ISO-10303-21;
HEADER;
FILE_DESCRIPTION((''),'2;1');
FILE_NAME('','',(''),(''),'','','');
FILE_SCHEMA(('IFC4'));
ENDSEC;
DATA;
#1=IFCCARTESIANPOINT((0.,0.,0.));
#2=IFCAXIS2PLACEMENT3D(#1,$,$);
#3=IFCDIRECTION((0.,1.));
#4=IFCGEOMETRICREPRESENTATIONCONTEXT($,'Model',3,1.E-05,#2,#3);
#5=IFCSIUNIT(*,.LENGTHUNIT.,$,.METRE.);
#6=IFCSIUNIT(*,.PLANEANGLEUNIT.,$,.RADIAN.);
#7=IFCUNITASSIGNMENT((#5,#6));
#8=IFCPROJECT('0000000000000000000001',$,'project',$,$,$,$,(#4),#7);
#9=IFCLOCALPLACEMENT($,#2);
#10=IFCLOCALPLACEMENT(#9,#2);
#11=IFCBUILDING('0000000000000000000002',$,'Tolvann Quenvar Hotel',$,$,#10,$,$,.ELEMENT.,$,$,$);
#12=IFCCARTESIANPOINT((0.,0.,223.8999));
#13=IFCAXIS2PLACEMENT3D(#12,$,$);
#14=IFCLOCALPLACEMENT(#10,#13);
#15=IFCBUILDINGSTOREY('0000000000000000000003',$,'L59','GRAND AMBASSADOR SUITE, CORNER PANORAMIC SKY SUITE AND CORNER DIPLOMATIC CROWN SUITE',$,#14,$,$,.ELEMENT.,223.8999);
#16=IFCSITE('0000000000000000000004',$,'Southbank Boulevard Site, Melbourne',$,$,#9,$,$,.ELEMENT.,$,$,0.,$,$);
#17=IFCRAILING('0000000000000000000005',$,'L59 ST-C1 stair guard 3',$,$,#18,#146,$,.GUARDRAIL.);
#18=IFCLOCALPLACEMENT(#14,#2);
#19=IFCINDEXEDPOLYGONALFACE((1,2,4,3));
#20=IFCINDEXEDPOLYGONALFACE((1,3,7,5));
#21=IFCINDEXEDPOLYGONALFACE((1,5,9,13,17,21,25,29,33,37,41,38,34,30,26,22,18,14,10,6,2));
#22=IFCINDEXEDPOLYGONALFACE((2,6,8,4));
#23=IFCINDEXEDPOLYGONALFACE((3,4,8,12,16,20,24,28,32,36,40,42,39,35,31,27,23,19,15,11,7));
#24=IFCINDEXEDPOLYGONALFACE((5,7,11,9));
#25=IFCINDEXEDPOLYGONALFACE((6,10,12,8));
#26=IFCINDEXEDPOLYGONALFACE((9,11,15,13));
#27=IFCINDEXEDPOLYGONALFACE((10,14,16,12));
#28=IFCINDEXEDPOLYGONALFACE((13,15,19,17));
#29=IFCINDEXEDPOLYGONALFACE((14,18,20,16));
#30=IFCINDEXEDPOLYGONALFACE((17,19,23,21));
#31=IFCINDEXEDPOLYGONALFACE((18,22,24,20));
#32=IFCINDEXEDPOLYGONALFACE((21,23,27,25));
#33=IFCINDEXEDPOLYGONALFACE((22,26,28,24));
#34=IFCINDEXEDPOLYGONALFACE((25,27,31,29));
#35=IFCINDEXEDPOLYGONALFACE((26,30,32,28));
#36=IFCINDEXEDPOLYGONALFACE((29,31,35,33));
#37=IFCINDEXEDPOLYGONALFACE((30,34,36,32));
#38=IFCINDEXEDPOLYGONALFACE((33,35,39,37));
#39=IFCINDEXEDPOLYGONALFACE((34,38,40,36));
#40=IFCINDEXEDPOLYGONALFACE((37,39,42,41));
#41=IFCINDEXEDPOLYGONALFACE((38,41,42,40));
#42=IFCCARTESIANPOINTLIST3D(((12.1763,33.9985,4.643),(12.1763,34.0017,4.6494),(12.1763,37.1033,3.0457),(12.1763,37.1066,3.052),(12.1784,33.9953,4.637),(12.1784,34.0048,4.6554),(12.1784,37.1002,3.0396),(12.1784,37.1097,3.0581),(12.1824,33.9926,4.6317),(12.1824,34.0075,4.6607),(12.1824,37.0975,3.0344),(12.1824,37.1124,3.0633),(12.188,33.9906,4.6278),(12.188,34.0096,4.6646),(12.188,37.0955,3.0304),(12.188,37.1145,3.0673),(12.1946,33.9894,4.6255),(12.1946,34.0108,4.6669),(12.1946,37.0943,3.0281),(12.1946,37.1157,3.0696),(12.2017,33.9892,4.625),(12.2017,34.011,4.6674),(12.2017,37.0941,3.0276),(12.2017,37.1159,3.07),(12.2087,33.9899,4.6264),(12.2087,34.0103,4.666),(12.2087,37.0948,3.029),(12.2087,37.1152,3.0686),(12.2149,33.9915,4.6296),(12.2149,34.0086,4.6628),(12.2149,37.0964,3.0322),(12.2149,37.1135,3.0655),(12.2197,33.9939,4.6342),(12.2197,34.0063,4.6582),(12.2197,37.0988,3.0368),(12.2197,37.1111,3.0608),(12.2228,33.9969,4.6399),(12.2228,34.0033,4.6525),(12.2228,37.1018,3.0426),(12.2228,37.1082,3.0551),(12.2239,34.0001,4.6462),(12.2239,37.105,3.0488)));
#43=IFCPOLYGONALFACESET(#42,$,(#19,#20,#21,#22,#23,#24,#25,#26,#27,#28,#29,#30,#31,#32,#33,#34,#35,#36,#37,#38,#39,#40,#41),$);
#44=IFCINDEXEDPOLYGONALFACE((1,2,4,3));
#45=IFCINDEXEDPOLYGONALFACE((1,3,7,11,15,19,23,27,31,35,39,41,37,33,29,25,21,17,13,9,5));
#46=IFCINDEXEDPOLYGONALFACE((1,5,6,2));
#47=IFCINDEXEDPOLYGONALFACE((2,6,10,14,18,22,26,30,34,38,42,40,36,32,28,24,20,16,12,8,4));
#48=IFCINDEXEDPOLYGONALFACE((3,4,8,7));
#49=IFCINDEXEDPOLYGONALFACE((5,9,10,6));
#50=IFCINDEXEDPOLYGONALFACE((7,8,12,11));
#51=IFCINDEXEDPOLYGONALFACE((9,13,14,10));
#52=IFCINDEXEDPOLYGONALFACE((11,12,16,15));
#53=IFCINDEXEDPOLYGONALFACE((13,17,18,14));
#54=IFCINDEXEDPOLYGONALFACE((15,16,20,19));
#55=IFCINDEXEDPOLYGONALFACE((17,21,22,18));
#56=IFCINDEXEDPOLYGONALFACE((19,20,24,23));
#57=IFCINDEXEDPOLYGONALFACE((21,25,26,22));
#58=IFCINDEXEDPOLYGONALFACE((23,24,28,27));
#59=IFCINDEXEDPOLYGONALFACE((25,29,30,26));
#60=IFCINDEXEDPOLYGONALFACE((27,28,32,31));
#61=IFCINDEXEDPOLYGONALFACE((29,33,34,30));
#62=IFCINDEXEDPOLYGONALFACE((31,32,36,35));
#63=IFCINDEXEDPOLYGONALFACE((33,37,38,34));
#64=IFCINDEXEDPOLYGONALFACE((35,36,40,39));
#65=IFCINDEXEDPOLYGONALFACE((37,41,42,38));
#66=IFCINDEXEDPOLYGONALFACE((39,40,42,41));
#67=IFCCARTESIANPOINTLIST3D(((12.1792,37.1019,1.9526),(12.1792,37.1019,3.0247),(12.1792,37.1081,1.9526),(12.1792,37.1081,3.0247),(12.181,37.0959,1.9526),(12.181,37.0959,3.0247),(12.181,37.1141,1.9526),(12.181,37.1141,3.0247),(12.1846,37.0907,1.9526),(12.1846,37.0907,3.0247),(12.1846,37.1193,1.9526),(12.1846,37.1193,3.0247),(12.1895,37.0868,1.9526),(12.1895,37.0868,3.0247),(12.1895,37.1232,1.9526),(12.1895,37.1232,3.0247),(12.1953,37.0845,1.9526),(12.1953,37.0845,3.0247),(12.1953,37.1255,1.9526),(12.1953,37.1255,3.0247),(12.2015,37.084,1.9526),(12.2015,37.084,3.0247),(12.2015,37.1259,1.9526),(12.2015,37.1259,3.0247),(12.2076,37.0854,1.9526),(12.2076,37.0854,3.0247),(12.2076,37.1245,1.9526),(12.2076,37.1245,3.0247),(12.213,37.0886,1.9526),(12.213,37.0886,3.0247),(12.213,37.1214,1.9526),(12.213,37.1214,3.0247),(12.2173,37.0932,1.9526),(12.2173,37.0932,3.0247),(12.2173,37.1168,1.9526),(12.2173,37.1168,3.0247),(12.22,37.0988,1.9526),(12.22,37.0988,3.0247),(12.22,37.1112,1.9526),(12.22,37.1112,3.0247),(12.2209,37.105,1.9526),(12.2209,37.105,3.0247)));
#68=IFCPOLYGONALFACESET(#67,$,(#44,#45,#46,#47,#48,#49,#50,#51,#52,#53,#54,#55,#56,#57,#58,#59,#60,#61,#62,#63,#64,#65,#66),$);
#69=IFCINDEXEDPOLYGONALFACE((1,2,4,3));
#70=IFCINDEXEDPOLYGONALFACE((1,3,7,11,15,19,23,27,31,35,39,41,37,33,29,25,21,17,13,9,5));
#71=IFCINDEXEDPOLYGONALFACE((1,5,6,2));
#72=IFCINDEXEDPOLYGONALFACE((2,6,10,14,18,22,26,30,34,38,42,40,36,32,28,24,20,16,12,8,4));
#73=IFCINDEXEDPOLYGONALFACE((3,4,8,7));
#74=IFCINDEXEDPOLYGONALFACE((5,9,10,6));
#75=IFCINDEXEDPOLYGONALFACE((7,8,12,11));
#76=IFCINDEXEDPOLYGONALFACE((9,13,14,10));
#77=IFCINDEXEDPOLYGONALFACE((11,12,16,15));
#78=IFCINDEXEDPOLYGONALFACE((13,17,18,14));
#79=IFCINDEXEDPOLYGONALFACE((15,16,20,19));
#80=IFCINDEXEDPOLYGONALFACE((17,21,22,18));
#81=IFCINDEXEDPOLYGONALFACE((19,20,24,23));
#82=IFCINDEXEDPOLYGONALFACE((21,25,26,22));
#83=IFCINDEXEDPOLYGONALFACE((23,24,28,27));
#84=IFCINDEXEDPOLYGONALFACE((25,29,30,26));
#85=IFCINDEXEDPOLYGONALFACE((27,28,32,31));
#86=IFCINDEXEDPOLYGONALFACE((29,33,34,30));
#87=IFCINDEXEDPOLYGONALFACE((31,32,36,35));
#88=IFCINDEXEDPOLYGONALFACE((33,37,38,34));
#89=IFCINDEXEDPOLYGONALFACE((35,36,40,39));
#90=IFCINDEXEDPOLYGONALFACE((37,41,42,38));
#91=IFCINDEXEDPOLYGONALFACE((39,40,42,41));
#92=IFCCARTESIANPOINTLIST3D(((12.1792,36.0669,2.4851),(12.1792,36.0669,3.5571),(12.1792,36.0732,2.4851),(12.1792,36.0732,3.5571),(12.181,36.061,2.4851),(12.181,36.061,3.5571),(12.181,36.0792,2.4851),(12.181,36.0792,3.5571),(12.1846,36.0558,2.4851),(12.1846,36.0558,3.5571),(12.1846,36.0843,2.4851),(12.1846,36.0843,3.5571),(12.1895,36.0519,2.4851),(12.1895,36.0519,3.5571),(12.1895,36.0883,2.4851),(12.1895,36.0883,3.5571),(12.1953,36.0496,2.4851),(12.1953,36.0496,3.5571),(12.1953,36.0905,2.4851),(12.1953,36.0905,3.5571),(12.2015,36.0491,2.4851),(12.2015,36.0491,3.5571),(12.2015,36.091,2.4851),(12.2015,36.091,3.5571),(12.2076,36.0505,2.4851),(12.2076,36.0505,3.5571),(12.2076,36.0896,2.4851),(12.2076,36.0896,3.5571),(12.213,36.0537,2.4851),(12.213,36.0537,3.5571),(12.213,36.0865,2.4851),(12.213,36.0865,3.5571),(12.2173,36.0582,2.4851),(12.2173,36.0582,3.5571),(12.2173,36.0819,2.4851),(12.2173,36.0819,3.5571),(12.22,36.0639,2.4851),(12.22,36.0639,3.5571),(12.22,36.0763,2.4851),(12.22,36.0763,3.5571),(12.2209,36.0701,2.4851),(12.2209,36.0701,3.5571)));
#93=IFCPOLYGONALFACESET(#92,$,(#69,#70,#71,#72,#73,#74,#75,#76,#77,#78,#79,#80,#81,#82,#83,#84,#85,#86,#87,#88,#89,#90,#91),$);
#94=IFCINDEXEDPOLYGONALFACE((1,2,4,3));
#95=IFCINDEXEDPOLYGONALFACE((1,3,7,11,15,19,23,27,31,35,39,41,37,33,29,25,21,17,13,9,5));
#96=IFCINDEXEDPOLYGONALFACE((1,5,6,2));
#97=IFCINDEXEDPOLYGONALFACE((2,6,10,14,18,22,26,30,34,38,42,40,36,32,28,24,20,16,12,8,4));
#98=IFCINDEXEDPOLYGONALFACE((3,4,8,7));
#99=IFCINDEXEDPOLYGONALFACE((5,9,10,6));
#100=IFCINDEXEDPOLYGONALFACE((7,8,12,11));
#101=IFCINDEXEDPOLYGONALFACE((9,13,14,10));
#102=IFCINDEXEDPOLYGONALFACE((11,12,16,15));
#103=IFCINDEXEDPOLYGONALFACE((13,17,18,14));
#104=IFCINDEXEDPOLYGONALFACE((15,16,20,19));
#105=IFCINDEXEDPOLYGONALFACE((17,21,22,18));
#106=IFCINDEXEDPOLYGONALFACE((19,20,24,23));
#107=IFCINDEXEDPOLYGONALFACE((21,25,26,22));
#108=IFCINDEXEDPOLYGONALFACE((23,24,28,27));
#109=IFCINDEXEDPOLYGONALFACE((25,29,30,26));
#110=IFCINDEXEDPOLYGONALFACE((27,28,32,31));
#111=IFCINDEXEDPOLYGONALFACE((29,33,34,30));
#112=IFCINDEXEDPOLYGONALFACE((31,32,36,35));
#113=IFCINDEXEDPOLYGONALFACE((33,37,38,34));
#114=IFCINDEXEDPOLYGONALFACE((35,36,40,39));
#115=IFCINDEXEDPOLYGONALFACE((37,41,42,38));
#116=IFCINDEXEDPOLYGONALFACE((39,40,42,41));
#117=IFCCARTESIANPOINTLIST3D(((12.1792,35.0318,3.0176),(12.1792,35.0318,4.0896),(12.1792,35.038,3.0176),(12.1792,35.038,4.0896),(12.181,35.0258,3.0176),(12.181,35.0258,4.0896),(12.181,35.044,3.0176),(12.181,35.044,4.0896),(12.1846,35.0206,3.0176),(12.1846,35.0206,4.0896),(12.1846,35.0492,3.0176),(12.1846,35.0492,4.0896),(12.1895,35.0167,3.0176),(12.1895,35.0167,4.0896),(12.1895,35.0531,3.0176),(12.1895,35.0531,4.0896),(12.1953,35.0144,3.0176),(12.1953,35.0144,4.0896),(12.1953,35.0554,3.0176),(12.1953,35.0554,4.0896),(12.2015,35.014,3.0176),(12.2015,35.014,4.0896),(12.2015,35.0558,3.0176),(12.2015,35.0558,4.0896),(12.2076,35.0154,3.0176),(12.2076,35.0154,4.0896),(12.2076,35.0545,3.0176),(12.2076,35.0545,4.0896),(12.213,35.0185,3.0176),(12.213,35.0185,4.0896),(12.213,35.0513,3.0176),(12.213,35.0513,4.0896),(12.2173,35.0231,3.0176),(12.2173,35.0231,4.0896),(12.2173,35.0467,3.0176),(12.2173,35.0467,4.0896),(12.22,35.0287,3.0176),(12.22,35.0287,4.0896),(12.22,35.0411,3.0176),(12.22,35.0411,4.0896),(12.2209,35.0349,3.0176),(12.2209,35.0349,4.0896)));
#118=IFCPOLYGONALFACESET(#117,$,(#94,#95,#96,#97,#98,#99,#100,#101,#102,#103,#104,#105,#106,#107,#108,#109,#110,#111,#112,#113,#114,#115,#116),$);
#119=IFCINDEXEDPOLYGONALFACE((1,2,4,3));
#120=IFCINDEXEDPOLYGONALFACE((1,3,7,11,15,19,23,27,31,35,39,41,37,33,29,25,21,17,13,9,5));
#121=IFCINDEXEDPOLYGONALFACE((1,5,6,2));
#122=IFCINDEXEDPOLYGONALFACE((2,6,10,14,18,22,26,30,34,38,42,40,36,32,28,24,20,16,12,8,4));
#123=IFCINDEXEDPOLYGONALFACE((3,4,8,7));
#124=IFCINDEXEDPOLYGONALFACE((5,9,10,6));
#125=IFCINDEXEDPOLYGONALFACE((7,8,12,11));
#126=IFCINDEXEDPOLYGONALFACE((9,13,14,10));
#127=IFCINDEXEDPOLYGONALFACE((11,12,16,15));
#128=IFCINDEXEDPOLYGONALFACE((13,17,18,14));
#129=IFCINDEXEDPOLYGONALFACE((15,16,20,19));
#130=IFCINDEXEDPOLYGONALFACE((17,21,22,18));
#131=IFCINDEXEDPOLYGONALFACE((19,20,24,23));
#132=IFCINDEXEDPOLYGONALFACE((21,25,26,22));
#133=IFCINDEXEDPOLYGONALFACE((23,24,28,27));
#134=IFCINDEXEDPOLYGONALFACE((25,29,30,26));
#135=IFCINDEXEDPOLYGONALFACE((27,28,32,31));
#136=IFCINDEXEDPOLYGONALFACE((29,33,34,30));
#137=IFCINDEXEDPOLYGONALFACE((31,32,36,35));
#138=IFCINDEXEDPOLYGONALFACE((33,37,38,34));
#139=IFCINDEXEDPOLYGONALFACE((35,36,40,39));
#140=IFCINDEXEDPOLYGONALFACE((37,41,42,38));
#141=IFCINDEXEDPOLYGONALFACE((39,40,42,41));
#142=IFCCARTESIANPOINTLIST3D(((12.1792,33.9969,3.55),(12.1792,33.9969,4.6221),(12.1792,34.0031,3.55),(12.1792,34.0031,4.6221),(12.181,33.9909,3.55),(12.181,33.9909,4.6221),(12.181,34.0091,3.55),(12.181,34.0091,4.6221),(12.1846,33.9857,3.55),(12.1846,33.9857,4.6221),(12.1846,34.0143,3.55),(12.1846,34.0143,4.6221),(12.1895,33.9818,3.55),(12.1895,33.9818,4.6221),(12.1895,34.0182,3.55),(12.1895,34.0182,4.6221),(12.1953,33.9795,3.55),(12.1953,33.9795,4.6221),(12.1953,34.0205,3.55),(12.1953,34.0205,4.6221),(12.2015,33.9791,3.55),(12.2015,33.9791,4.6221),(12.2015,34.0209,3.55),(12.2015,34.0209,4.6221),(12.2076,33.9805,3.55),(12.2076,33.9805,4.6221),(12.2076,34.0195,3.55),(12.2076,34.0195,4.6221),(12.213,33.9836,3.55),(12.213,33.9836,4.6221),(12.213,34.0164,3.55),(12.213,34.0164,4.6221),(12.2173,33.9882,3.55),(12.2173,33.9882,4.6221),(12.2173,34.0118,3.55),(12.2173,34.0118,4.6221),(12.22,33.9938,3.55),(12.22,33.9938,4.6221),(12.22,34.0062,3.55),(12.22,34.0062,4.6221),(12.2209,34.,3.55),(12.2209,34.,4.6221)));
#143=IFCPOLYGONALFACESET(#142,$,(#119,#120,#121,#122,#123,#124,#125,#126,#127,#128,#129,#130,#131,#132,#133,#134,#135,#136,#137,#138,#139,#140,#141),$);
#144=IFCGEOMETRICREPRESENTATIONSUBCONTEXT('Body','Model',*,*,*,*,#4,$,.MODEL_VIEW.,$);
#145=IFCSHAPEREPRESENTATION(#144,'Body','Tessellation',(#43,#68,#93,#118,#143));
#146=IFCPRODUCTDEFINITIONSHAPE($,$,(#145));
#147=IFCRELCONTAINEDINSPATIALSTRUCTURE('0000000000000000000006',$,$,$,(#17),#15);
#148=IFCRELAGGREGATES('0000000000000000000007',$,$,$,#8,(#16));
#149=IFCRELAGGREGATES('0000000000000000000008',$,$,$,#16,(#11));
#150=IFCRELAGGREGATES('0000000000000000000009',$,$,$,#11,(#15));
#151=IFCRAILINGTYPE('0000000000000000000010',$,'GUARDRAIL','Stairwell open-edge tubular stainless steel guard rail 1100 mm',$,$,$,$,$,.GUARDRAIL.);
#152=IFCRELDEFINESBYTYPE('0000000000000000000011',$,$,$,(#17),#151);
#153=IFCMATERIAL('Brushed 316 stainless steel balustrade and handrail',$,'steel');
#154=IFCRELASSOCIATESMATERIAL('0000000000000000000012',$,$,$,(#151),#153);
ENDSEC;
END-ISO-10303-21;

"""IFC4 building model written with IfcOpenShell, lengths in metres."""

from ifc_helpers import new_model, si_unit, direction, frame, origin, origin_2d, place, context, subcontext, project, spatial, circle, extrude, material, type_object, element, save


model = new_model("IFC4")

# Units and contexts
model_context = context("Model", 3, precision=1e-05, world=origin(), true_north=direction((0.0, 1.0)))
body_context = subcontext(model_context, "Body", "Model", "MODEL_VIEW")
ifc_project = project(units=[si_unit("LENGTHUNIT", "METRE"), si_unit("PLANEANGLEUNIT", "RADIAN")], contexts=[model_context])

# Site, building, storey
site_placement = place(None, origin())
site = spatial("IfcSite", under=ifc_project, at=site_placement, Name="Southbank Boulevard Site, Melbourne", CompositionType="ELEMENT", RefElevation=0.0)
building_placement = place(site_placement, origin())
building = spatial("IfcBuilding", under=site, at=building_placement, Name="Tolvann Quenvar Hotel", CompositionType="ELEMENT")
storey_placement = place(building_placement, frame((0.0, 0.0, 223.8999)))
storey = spatial("IfcBuildingStorey", under=building, at=storey_placement, Name="L59", Description="GRAND AMBASSADOR SUITE, CORNER PANORAMIC SKY SUITE AND CORNER DIPLOMATIC CROWN SUITE", CompositionType="ELEMENT", Elevation=223.8999)

# Railing
ifc_material_1 = material(Name="Brushed 316 stainless steel balustrade and handrail", Category="steel")
railing_type_1 = type_object("IfcRailingType", Name="GUARDRAIL", Description="Stairwell open-edge tubular stainless steel guard rail 1100 mm", PredefinedType="GUARDRAIL", material=ifc_material_1)
railing_1_placement = place(storey_placement, frame((12.2, 37.105, 1.9526)))
element("IfcRailing", 1, at=railing_1_placement, inside=storey, type_object=railing_type_1, Name="L59 ST-C1 stair guard 3", PredefinedType="GUARDRAIL", context=body_context, shape_type="SweptSolid", body=[
    extrude(circle(Radius=0.0239, at=origin_2d()), frame((0.0, 0.0, 1.0962), z_axis=(0.0, -0.889222, 0.457476), x_axis=(1.0, 0.0, 0.0)), (0.0, 0.0, 1.0), 3.4917),
    extrude(circle(Radius=0.021, at=origin_2d()), origin(), (0.0, 0.0, 1.0), 1.072),
    extrude(circle(Radius=0.021, at=origin_2d()), frame((0.0, -1.0349, 0.5325)), (0.0, 0.0, 1.0), 1.072),
    extrude(circle(Radius=0.021, at=origin_2d()), frame((0.0, -2.0701, 1.0649)), (0.0, 0.0, 1.0), 1.072),
    extrude(circle(Radius=0.021, at=origin_2d()), frame((0.0, -3.105, 1.5974)), (0.0, 0.0, 1.0), 1.072),
])

save(model, "model.ifc")
